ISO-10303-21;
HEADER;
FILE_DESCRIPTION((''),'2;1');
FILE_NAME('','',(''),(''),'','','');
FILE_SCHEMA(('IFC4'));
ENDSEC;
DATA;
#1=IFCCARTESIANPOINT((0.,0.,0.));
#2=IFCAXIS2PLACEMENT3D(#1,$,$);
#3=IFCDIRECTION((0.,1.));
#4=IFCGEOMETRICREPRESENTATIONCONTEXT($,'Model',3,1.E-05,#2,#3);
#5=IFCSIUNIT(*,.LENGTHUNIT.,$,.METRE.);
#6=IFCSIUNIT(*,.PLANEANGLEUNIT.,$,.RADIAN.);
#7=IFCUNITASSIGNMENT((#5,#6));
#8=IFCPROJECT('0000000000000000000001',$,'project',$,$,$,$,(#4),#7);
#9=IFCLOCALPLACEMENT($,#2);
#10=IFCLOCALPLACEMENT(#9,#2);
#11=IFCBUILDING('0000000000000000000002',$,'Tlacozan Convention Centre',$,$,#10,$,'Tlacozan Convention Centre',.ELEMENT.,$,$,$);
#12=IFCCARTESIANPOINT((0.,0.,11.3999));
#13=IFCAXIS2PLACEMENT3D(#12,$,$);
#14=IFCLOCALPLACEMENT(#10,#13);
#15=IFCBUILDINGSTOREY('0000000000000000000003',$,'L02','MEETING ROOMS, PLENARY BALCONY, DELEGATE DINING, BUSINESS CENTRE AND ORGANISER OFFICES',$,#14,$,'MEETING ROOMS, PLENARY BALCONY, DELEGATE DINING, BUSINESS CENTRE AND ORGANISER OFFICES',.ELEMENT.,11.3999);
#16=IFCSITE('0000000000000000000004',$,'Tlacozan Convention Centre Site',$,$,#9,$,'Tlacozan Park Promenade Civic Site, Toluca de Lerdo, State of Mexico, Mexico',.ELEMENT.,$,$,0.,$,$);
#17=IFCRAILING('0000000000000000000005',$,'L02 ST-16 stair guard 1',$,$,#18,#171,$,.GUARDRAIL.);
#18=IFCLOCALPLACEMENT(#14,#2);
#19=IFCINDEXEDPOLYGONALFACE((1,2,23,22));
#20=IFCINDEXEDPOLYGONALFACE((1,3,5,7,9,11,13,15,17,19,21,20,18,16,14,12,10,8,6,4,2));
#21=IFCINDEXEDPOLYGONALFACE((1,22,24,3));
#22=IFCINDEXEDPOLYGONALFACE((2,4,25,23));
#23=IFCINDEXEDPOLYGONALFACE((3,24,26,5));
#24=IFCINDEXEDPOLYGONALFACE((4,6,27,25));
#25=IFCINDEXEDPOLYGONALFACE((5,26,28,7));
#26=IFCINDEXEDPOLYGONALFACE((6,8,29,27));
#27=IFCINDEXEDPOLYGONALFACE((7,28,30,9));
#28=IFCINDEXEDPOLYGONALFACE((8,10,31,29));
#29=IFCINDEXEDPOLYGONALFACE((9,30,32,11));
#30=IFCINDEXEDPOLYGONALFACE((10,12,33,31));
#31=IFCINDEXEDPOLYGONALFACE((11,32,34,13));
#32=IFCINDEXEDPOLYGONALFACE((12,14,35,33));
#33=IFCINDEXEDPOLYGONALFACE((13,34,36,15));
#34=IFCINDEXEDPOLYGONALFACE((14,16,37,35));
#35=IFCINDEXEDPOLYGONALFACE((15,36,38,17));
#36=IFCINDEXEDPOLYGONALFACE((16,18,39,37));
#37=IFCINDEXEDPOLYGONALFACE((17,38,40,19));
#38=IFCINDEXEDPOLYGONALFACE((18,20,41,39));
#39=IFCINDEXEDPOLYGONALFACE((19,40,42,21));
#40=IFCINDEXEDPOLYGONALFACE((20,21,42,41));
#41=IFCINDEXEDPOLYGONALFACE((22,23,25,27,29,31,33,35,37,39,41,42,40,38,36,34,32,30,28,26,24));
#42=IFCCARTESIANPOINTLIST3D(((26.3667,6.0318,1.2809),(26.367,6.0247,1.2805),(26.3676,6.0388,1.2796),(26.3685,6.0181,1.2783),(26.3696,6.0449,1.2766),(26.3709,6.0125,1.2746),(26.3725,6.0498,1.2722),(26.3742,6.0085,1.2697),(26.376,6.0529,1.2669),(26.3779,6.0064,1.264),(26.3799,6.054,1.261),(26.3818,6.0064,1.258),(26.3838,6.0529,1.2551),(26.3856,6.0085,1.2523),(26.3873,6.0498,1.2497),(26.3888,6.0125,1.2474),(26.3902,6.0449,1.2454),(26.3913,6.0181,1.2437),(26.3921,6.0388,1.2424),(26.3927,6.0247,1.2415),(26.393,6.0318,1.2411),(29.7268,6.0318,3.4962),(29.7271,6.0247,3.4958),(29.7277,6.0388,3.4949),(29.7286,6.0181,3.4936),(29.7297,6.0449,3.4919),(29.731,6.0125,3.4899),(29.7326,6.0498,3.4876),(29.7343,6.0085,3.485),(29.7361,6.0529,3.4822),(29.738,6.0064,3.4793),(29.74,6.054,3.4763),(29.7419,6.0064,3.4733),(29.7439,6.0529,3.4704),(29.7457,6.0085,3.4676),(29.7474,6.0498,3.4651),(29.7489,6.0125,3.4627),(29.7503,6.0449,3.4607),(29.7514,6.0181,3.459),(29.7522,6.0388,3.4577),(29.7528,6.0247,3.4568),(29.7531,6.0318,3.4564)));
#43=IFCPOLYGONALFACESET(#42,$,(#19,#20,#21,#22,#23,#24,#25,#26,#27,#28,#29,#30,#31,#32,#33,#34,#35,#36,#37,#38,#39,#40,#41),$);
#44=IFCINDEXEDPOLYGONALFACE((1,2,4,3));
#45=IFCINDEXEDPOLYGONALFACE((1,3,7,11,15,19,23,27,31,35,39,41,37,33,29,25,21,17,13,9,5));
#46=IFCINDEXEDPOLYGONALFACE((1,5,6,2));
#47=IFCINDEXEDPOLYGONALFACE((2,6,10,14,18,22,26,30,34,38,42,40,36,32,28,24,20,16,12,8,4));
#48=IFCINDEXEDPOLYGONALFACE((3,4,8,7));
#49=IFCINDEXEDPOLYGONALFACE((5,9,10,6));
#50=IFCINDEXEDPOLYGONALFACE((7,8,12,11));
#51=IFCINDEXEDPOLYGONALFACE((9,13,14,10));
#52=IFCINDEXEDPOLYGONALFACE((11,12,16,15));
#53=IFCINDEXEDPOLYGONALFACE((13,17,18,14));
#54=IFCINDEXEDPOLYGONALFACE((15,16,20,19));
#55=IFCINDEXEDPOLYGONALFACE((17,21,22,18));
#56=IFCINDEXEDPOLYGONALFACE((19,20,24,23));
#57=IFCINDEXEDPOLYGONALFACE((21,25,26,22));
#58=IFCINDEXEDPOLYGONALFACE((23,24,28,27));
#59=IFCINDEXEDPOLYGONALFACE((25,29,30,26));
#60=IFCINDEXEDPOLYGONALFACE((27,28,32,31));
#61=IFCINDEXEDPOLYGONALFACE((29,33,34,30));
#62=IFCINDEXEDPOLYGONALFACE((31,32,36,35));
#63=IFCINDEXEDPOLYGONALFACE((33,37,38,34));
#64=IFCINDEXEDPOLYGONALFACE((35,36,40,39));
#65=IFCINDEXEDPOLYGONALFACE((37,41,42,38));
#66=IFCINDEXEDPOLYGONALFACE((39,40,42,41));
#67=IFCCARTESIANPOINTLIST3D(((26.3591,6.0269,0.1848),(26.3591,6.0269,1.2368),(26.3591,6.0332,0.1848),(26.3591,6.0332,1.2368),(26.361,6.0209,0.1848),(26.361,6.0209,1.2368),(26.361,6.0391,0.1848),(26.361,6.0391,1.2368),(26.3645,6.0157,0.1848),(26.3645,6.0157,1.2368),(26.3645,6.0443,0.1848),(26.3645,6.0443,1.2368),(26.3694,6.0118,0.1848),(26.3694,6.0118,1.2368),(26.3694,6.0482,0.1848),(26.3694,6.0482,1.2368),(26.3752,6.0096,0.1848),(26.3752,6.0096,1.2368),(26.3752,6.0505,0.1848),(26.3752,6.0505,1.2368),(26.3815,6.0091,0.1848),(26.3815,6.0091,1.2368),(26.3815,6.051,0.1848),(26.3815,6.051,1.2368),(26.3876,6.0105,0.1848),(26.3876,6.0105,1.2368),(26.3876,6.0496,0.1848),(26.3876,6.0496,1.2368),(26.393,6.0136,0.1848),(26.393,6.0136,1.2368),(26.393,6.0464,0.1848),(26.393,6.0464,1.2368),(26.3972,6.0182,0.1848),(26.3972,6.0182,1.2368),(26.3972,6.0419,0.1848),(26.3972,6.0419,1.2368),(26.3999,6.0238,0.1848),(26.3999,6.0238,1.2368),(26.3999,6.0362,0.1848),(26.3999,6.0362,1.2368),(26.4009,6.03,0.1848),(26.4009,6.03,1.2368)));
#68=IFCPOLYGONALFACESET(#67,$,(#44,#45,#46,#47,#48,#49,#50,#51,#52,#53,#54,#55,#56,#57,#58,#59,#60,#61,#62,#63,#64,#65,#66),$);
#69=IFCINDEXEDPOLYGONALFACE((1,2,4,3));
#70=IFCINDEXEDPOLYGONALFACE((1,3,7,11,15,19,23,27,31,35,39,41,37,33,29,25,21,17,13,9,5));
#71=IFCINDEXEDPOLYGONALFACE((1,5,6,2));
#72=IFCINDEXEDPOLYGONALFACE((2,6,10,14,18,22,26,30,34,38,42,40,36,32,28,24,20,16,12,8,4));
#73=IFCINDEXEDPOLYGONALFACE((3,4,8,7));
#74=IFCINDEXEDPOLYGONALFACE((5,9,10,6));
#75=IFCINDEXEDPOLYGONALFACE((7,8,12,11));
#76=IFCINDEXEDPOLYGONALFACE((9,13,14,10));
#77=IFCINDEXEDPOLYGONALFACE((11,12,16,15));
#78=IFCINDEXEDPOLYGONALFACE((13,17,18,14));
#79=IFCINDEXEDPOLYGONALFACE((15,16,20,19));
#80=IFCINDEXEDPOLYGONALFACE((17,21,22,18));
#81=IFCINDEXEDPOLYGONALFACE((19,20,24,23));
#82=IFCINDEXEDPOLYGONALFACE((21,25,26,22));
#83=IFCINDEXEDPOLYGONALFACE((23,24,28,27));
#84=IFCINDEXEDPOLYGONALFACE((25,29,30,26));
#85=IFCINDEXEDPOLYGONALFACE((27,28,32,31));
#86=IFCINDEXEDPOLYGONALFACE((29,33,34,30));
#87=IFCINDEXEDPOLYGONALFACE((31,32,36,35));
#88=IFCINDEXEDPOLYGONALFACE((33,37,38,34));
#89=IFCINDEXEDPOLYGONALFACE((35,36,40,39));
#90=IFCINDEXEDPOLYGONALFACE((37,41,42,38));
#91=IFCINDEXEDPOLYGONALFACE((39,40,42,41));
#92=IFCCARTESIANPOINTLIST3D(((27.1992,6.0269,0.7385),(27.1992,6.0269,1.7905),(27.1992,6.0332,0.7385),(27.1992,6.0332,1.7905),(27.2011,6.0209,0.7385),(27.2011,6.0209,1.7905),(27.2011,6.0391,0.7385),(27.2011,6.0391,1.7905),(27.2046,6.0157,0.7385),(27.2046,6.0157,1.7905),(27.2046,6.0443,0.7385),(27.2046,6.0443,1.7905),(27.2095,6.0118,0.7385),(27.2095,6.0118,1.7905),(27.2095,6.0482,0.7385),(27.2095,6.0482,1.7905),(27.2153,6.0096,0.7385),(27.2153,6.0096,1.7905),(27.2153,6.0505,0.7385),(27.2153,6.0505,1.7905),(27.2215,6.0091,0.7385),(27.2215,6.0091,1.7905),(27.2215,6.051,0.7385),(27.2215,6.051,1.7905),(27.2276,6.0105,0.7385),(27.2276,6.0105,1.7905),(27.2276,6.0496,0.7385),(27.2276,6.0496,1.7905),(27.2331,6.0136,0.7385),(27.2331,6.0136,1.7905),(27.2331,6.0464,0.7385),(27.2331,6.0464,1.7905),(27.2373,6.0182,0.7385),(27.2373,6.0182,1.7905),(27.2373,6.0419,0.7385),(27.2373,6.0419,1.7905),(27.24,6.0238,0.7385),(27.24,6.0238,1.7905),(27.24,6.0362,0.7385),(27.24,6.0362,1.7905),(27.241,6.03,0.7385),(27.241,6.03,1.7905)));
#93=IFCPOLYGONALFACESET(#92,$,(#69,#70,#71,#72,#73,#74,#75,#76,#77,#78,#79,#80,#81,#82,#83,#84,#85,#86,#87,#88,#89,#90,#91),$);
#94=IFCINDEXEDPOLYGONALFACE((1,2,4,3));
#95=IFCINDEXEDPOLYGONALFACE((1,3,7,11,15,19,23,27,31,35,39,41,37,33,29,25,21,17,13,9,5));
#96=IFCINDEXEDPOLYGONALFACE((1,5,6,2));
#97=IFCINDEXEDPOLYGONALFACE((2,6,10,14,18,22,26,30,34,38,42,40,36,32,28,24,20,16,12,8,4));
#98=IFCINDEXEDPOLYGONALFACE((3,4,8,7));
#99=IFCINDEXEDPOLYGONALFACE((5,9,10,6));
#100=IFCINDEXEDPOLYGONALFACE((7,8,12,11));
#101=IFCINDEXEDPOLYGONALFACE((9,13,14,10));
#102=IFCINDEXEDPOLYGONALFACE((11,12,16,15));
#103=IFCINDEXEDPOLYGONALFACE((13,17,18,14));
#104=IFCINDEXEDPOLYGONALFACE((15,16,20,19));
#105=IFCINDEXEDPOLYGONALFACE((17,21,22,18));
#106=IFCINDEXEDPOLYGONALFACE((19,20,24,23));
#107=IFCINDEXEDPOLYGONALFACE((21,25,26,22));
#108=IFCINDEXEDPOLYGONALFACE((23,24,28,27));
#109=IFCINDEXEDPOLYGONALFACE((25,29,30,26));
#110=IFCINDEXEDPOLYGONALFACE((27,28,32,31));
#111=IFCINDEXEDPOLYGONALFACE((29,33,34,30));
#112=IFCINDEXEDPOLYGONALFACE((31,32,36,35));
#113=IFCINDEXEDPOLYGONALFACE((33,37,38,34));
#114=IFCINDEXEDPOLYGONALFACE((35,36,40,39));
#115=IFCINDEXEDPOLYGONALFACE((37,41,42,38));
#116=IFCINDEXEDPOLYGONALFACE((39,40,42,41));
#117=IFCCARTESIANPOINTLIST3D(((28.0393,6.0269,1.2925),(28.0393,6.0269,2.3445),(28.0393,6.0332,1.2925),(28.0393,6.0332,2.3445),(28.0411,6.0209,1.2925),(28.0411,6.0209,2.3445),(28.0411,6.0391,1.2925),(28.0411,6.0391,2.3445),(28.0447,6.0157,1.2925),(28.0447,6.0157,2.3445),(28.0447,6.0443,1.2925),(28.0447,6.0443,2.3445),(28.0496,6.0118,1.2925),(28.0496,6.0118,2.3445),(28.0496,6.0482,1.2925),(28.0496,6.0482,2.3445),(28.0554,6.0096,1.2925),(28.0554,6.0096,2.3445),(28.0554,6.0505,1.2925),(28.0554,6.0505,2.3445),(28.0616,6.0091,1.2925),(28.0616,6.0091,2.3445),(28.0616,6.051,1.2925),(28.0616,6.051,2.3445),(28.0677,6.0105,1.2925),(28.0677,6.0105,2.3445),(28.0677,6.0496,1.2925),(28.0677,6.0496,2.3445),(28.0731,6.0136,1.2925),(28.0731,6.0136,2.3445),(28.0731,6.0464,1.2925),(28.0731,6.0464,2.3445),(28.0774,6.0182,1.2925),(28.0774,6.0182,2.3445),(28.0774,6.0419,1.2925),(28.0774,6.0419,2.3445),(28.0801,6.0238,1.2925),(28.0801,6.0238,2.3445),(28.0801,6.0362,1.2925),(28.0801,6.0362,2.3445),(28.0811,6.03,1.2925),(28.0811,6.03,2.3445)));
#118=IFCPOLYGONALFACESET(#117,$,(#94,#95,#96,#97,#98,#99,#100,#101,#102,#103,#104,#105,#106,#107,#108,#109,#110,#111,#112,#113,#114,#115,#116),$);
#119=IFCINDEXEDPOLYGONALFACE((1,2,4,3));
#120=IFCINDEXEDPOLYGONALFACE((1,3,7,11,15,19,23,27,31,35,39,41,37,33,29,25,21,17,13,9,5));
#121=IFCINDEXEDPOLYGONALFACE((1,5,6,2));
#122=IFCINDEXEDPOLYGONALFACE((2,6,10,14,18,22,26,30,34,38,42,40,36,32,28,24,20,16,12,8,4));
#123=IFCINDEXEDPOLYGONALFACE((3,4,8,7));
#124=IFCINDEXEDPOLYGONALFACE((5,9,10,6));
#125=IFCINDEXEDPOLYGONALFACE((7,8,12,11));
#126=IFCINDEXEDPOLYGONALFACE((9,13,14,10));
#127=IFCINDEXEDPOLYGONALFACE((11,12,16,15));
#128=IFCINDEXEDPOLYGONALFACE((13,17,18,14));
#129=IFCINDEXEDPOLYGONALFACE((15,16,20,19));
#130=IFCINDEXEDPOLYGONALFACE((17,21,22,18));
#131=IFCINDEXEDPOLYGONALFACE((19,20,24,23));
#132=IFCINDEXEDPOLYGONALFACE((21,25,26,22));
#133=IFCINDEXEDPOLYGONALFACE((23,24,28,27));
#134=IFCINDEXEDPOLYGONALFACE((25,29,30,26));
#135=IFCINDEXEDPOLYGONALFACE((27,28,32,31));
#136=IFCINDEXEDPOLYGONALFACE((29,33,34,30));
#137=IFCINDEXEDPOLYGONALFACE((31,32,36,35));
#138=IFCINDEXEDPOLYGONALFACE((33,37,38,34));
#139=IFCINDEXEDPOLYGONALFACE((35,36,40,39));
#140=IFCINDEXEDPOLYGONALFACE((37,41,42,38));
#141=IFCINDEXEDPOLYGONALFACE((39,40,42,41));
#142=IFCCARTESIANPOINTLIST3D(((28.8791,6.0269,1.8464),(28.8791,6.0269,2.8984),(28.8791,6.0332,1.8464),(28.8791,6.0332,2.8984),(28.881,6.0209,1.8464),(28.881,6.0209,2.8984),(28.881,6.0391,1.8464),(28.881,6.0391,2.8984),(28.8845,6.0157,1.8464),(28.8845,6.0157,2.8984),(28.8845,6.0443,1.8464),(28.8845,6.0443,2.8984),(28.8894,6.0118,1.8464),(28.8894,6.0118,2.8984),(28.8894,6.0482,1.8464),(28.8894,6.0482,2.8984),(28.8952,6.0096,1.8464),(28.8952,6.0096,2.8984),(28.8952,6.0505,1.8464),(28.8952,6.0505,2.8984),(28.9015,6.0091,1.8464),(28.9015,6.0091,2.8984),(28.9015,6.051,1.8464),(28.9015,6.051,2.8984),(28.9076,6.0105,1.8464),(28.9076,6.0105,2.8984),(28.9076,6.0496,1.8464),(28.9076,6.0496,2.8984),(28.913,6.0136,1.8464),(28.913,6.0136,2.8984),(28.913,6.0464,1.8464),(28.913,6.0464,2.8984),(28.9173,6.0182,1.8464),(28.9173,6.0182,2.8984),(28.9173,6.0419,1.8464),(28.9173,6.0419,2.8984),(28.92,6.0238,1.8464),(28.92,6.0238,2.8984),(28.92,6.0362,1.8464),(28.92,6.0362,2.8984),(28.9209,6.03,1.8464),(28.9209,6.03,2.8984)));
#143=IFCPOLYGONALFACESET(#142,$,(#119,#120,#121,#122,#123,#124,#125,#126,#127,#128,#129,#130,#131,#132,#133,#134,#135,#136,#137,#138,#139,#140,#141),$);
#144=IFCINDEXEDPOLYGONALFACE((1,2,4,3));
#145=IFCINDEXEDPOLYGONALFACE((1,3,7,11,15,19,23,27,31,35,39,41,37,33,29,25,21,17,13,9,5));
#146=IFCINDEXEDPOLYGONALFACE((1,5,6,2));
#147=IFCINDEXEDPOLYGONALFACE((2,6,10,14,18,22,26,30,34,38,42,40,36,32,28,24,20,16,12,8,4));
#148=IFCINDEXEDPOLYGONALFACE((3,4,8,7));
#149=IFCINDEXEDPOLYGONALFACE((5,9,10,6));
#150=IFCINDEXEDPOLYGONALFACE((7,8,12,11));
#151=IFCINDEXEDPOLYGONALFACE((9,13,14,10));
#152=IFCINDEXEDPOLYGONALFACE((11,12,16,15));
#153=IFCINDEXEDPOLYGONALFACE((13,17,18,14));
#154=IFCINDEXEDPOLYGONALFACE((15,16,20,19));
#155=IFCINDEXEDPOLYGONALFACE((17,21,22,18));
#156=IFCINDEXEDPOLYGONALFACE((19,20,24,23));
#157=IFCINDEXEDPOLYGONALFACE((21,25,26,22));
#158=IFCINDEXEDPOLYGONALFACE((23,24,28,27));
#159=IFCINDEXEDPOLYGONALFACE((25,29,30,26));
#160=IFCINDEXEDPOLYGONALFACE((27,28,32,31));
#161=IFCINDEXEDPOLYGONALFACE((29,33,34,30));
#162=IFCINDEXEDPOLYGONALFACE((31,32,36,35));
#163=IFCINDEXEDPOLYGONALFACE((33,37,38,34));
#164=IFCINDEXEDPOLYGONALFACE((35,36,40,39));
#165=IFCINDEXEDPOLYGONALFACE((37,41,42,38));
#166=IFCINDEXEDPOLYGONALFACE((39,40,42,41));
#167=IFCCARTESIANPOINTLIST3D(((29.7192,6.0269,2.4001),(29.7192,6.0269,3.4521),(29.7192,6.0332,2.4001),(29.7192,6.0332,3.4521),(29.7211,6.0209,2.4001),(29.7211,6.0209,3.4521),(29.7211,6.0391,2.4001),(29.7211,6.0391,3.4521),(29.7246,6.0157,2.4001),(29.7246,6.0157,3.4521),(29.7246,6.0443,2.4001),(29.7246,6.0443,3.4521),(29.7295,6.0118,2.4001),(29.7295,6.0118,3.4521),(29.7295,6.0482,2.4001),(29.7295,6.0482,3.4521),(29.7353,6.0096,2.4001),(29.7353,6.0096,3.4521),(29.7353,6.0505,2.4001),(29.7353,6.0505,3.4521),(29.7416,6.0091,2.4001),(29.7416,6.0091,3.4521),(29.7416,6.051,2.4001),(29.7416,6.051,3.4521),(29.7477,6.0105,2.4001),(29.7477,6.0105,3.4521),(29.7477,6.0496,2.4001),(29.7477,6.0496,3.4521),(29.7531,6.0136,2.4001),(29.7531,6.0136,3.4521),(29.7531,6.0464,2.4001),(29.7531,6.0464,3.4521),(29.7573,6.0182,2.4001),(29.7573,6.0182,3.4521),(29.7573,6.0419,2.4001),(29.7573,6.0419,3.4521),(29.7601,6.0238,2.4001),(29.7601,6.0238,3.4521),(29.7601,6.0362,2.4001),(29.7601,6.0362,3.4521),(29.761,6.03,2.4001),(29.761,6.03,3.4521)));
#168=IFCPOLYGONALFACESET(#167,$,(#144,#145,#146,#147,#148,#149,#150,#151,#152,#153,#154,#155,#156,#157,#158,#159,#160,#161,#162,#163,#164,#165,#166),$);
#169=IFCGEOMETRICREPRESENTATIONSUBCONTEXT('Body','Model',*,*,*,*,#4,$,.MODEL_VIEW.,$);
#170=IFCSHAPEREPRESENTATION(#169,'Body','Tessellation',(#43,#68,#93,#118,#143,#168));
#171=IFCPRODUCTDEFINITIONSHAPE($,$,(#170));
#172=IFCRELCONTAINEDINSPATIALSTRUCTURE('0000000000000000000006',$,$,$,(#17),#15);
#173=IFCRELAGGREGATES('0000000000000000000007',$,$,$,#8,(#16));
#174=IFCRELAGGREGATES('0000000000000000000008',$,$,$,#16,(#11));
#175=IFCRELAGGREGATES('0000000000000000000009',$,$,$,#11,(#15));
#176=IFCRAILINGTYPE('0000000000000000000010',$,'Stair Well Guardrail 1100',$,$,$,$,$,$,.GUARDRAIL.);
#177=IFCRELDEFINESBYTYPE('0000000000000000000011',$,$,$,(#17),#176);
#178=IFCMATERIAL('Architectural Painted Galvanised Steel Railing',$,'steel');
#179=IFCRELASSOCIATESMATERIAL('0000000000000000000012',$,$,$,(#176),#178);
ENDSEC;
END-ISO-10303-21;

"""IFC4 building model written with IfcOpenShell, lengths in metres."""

from ifc_helpers import new_model, si_unit, direction, frame, origin, origin_2d, place, context, subcontext, project, spatial, circle, extrude, material, type_object, element, save


model = new_model("IFC4")

# Units and contexts
model_context = context("Model", 3, precision=1e-05, world=origin(), true_north=direction((0.0, 1.0)))
body_context = subcontext(model_context, "Body", "Model", "MODEL_VIEW")
ifc_project = project(units=[si_unit("LENGTHUNIT", "METRE"), si_unit("PLANEANGLEUNIT", "RADIAN")], contexts=[model_context])

# Site, building, storey
site_placement = place(None, origin())
site = spatial("IfcSite", under=ifc_project, at=site_placement, Name="Tlacozan Convention Centre Site", LongName="Tlacozan Park Promenade Civic Site, Toluca de Lerdo, State of Mexico, Mexico", CompositionType="ELEMENT", RefElevation=0.0)
building_placement = place(site_placement, origin())
building = spatial("IfcBuilding", under=site, at=building_placement, Name="Tlacozan Convention Centre", LongName="Tlacozan Convention Centre", CompositionType="ELEMENT")
storey_placement = place(building_placement, frame((0.0, 0.0, 11.3999)))
storey = spatial("IfcBuildingStorey", under=building, at=storey_placement, Name="L02", Description="MEETING ROOMS, PLENARY BALCONY, DELEGATE DINING, BUSINESS CENTRE AND ORGANISER OFFICES", LongName="MEETING ROOMS, PLENARY BALCONY, DELEGATE DINING, BUSINESS CENTRE AND ORGANISER OFFICES", CompositionType="ELEMENT", Elevation=11.3999)

# Railing
ifc_material_1 = material(Name="Architectural Painted Galvanised Steel Railing", Category="steel")
railing_type_1 = type_object("IfcRailingType", Name="Stair Well Guardrail 1100", PredefinedType="GUARDRAIL", material=ifc_material_1)
railing_1_placement = place(storey_placement, frame((26.3799, 6.03, 0.1848)))
element("IfcRailing", 1, at=railing_1_placement, inside=storey, type_object=railing_type_1, Name="L02 ST-16 stair guard 1", PredefinedType="GUARDRAIL", context=body_context, shape_type="SweptSolid", body=[
    extrude(circle(Radius=0.0239, at=origin_2d()), frame((0.0, 0.0, 1.0762), z_axis=(0.834876, 0.0, 0.550437), x_axis=(0.0, 1.0, 0.0)), (0.0, 0.0, 1.0), 4.0247),
    extrude(circle(Radius=0.021, at=origin_2d()), origin(), (0.0, 0.0, 1.0), 1.052),
    extrude(circle(Radius=0.021, at=origin_2d()), frame((0.8401, 0.0, 0.5537)), (0.0, 0.0, 1.0), 1.052),
    extrude(circle(Radius=0.021, at=origin_2d()), frame((1.6802, 0.0, 1.1077)), (0.0, 0.0, 1.0), 1.052),
    extrude(circle(Radius=0.021, at=origin_2d()), frame((2.52, 0.0, 1.6616)), (0.0, 0.0, 1.0), 1.052),
    extrude(circle(Radius=0.021, at=origin_2d()), frame((3.3601, 0.0, 2.2153)), (0.0, 0.0, 1.0), 1.052),
])

save(model, "model.ifc")
